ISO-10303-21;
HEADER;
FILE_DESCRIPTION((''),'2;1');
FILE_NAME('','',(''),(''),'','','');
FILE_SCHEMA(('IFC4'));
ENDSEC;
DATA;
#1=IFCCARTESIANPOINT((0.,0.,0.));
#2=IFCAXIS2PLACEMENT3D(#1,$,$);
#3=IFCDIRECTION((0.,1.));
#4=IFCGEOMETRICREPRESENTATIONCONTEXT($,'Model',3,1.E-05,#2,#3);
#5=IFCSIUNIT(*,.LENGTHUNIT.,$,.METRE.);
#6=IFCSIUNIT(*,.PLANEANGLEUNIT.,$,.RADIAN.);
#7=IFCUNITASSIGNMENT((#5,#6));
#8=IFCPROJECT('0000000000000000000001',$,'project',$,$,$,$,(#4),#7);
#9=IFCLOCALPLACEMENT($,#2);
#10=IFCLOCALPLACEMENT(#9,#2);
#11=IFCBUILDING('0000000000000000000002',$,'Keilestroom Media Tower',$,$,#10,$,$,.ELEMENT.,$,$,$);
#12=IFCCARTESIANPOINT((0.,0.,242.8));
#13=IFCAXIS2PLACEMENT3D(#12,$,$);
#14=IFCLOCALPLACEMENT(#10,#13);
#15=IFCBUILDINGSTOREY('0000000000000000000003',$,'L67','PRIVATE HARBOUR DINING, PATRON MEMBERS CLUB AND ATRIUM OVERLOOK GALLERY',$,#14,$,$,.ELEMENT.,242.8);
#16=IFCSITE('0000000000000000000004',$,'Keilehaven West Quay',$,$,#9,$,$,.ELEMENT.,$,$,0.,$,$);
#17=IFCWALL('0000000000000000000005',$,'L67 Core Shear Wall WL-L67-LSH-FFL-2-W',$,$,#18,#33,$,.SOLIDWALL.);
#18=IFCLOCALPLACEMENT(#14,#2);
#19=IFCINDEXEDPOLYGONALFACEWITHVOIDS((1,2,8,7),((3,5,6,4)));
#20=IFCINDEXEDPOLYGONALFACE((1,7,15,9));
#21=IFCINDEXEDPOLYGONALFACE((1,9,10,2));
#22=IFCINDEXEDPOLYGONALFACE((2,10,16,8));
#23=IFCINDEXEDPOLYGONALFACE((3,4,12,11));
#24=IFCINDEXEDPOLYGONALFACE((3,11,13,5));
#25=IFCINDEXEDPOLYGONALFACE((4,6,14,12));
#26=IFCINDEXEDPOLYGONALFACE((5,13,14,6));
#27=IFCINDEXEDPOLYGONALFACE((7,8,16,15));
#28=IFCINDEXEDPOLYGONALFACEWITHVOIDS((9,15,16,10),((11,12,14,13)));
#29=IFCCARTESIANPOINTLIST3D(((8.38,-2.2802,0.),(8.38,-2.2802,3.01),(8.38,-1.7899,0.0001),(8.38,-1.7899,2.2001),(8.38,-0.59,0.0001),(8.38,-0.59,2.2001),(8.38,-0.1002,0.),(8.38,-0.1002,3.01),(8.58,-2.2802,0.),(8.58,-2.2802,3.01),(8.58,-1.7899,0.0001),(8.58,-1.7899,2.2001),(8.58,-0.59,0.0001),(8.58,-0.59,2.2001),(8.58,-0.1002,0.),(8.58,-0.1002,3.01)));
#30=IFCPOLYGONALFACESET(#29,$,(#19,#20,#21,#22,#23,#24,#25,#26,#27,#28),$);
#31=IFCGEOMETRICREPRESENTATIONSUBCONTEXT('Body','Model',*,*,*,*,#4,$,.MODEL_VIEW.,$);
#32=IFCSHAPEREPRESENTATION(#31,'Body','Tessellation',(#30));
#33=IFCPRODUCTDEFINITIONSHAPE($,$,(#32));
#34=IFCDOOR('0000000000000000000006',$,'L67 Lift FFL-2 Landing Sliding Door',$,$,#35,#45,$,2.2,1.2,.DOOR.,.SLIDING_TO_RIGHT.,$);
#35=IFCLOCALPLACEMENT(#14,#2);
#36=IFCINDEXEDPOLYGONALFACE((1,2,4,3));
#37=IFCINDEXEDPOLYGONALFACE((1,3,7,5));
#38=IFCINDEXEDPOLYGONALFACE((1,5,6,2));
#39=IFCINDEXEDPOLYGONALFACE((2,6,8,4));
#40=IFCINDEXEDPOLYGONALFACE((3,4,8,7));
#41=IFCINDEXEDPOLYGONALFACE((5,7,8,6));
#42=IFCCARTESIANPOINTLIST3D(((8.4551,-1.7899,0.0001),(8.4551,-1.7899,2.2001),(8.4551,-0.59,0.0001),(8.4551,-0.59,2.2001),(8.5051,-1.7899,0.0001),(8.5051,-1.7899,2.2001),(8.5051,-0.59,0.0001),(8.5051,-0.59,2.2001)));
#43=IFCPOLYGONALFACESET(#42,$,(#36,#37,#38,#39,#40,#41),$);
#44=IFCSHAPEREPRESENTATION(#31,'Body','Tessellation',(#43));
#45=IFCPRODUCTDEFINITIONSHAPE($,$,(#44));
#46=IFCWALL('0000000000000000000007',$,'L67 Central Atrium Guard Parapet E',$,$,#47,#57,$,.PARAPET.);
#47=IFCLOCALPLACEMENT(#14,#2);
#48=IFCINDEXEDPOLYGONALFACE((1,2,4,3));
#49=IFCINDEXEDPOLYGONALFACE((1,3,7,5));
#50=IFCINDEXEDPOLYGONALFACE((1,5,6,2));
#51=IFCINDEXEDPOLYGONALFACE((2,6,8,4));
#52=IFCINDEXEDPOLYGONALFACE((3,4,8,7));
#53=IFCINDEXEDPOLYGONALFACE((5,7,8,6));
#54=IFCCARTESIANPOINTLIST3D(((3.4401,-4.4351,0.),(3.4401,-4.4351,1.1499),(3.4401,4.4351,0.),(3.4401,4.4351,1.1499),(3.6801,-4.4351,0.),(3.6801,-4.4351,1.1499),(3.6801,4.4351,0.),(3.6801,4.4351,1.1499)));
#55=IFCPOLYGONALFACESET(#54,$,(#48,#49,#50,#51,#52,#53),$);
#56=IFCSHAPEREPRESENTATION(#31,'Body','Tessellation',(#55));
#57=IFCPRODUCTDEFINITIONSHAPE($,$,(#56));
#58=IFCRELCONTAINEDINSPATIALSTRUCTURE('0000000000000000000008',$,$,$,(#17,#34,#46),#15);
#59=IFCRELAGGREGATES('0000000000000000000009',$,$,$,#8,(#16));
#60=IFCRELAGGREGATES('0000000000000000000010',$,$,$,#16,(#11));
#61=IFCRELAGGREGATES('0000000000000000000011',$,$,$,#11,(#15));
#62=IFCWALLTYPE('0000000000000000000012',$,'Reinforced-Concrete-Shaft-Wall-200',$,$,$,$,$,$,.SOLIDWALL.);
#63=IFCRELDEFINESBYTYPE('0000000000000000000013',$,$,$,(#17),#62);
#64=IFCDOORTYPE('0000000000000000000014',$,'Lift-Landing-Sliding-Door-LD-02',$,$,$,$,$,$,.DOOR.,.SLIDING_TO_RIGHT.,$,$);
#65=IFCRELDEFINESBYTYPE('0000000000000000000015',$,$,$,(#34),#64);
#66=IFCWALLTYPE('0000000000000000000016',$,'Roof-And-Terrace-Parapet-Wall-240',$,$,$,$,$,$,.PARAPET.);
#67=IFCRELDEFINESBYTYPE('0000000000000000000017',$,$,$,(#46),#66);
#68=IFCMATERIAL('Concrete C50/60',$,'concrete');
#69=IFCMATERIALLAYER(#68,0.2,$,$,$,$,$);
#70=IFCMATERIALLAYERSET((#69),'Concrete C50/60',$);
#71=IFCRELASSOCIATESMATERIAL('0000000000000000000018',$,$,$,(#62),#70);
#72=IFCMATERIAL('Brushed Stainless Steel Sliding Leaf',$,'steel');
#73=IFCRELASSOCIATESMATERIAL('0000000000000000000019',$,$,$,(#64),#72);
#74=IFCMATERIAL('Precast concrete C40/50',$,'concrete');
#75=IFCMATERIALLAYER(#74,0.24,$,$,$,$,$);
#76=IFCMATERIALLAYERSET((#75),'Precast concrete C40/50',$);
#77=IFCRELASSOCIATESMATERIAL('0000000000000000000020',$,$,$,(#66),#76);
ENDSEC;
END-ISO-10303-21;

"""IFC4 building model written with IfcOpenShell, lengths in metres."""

from ifc_helpers import new_model, si_unit, direction, frame, frame_2d, origin, place, context, subcontext, project, spatial, rectangle, extrude, source, transform, mapped, material, layer, layer_set, type_object, element, fill, save


model = new_model("IFC4")

# Units and contexts
model_context = context("Model", 3, precision=1e-05, world=origin(), true_north=direction((0.0, 1.0)))
body_context = subcontext(model_context, "Body", "Model", "MODEL_VIEW")
ifc_project = project(units=[si_unit("LENGTHUNIT", "METRE"), si_unit("PLANEANGLEUNIT", "RADIAN")], contexts=[model_context])

# Site, building, storey
site_placement = place(None, origin())
site = spatial("IfcSite", under=ifc_project, at=site_placement, Name="Keilehaven West Quay", CompositionType="ELEMENT", RefElevation=0.0)
building_placement = place(site_placement, origin())
building = spatial("IfcBuilding", under=site, at=building_placement, Name="Keilestroom Media Tower", CompositionType="ELEMENT")
storey_placement = place(building_placement, frame((0.0, 0.0, 242.8)))
storey = spatial("IfcBuildingStorey", under=building, at=storey_placement, Name="L67", Description="PRIVATE HARBOUR DINING, PATRON MEMBERS CLUB AND ATRIUM OVERLOOK GALLERY", CompositionType="ELEMENT", Elevation=242.8)

# Shared definitions
ifc_material_1 = material(Name="Concrete C50/60", Category="concrete")

# Shared definitions
ifc_material_2 = material(Name="Precast concrete C40/50", Category="concrete")

# Shared definitions
shared_shape_1 = source(origin(), body_context, "Body", "SweptSolid", [
    extrude(rectangle(XDim=1.2, YDim=2.2, at=frame_2d((0.6001, 1.1001))), frame((0.0, 0.0249, 0.0), z_axis=(0.0, -1.0, 0.0), x_axis=(1.0, 0.0, 0.0)), (0.0, 0.0, 1.0), 0.05),
])

# Shared definitions
ifc_layer_1 = layer(ifc_material_1, 0.2)
ifc_layer_set_1 = layer_set([ifc_layer_1], Name="Concrete C50/60")
wall_type_1 = type_object("IfcWallType", Name="Reinforced-Concrete-Shaft-Wall-200", PredefinedType="SOLIDWALL", material=ifc_layer_set_1)

# Wall, opening, door
wall_1_placement = place(storey_placement, frame((8.48, -2.28, 0.0), z_axis=(0.0, 0.0, 1.0), x_axis=(0.0, 1.0, 0.0)))
wall_1 = element("IfcWall", 1, at=wall_1_placement, inside=storey, type_object=wall_type_1, Name="L67 Core Shear Wall WL-L67-LSH-FFL-2-W", PredefinedType="SOLIDWALL", context=body_context, shape_type="SweptSolid", body=[
    extrude(rectangle(XDim=2.1799, YDim=0.2, at=frame_2d((1.0898, 0.0))), origin(), (0.0, 0.0, 1.0), 3.01),
])
opening_1_placement = place(wall_1_placement, frame((0.49, 0.0, 0.0)))
opening_1 = element("IfcOpeningElement", 2, at=opening_1_placement, cuts=wall_1, PredefinedType="OPENING", context=body_context, shape_type="SweptSolid", body=[
    extrude(rectangle(XDim=1.2, YDim=2.2, at=frame_2d((0.6001, 1.1001))), frame((0.0, 0.1099, 0.0), z_axis=(0.0, -1.0, 0.0), x_axis=(1.0, 0.0, 0.0)), (0.0, 0.0, 1.0), 0.22),
])
ifc_material_3 = material(Name="Brushed Stainless Steel Sliding Leaf", Category="steel")
door_type_1 = type_object("IfcDoorType", Name="Lift-Landing-Sliding-Door-LD-02", OperationType="SLIDING_TO_RIGHT", PredefinedType="DOOR", material=ifc_material_3)
door_1_placement = place(opening_1_placement, origin())
door_1 = element("IfcDoor", 3, at=door_1_placement, inside=storey, type_object=door_type_1, Name="L67 Lift FFL-2 Landing Sliding Door", OperationType="SLIDING_TO_RIGHT", OverallHeight=2.2, OverallWidth=1.2, PredefinedType="DOOR", context=body_context, shape_type="MappedRepresentation", body=[
    mapped(shared_shape_1, transform((0.0, 0.0, 0.0), x_axis=(1.0, 0.0, 0.0), y_axis=(0.0, 1.0, 0.0), z_axis=(0.0, 0.0, 1.0), scale=1.0)),
])
fill(opening_1, door_1)

# Wall
ifc_layer_2 = layer(ifc_material_2, 0.24)
ifc_layer_set_2 = layer_set([ifc_layer_2], Name="Precast concrete C40/50")
wall_type_2 = type_object("IfcWallType", Name="Roof-And-Terrace-Parapet-Wall-240", PredefinedType="PARAPET", material=ifc_layer_set_2)
wall_2_placement = place(storey_placement, frame((3.5601, -4.4351, 0.0), z_axis=(0.0, 0.0, 1.0), x_axis=(0.0, 1.0, 0.0)))
element("IfcWall", 4, at=wall_2_placement, inside=storey, type_object=wall_type_2, Name="L67 Central Atrium Guard Parapet E", PredefinedType="PARAPET", context=body_context, shape_type="SweptSolid", body=[
    extrude(rectangle(XDim=8.8701, YDim=0.24, at=frame_2d((4.4351, 0.0))), origin(), (0.0, 0.0, 1.0), 1.1499),
])

save(model, "model.ifc")
